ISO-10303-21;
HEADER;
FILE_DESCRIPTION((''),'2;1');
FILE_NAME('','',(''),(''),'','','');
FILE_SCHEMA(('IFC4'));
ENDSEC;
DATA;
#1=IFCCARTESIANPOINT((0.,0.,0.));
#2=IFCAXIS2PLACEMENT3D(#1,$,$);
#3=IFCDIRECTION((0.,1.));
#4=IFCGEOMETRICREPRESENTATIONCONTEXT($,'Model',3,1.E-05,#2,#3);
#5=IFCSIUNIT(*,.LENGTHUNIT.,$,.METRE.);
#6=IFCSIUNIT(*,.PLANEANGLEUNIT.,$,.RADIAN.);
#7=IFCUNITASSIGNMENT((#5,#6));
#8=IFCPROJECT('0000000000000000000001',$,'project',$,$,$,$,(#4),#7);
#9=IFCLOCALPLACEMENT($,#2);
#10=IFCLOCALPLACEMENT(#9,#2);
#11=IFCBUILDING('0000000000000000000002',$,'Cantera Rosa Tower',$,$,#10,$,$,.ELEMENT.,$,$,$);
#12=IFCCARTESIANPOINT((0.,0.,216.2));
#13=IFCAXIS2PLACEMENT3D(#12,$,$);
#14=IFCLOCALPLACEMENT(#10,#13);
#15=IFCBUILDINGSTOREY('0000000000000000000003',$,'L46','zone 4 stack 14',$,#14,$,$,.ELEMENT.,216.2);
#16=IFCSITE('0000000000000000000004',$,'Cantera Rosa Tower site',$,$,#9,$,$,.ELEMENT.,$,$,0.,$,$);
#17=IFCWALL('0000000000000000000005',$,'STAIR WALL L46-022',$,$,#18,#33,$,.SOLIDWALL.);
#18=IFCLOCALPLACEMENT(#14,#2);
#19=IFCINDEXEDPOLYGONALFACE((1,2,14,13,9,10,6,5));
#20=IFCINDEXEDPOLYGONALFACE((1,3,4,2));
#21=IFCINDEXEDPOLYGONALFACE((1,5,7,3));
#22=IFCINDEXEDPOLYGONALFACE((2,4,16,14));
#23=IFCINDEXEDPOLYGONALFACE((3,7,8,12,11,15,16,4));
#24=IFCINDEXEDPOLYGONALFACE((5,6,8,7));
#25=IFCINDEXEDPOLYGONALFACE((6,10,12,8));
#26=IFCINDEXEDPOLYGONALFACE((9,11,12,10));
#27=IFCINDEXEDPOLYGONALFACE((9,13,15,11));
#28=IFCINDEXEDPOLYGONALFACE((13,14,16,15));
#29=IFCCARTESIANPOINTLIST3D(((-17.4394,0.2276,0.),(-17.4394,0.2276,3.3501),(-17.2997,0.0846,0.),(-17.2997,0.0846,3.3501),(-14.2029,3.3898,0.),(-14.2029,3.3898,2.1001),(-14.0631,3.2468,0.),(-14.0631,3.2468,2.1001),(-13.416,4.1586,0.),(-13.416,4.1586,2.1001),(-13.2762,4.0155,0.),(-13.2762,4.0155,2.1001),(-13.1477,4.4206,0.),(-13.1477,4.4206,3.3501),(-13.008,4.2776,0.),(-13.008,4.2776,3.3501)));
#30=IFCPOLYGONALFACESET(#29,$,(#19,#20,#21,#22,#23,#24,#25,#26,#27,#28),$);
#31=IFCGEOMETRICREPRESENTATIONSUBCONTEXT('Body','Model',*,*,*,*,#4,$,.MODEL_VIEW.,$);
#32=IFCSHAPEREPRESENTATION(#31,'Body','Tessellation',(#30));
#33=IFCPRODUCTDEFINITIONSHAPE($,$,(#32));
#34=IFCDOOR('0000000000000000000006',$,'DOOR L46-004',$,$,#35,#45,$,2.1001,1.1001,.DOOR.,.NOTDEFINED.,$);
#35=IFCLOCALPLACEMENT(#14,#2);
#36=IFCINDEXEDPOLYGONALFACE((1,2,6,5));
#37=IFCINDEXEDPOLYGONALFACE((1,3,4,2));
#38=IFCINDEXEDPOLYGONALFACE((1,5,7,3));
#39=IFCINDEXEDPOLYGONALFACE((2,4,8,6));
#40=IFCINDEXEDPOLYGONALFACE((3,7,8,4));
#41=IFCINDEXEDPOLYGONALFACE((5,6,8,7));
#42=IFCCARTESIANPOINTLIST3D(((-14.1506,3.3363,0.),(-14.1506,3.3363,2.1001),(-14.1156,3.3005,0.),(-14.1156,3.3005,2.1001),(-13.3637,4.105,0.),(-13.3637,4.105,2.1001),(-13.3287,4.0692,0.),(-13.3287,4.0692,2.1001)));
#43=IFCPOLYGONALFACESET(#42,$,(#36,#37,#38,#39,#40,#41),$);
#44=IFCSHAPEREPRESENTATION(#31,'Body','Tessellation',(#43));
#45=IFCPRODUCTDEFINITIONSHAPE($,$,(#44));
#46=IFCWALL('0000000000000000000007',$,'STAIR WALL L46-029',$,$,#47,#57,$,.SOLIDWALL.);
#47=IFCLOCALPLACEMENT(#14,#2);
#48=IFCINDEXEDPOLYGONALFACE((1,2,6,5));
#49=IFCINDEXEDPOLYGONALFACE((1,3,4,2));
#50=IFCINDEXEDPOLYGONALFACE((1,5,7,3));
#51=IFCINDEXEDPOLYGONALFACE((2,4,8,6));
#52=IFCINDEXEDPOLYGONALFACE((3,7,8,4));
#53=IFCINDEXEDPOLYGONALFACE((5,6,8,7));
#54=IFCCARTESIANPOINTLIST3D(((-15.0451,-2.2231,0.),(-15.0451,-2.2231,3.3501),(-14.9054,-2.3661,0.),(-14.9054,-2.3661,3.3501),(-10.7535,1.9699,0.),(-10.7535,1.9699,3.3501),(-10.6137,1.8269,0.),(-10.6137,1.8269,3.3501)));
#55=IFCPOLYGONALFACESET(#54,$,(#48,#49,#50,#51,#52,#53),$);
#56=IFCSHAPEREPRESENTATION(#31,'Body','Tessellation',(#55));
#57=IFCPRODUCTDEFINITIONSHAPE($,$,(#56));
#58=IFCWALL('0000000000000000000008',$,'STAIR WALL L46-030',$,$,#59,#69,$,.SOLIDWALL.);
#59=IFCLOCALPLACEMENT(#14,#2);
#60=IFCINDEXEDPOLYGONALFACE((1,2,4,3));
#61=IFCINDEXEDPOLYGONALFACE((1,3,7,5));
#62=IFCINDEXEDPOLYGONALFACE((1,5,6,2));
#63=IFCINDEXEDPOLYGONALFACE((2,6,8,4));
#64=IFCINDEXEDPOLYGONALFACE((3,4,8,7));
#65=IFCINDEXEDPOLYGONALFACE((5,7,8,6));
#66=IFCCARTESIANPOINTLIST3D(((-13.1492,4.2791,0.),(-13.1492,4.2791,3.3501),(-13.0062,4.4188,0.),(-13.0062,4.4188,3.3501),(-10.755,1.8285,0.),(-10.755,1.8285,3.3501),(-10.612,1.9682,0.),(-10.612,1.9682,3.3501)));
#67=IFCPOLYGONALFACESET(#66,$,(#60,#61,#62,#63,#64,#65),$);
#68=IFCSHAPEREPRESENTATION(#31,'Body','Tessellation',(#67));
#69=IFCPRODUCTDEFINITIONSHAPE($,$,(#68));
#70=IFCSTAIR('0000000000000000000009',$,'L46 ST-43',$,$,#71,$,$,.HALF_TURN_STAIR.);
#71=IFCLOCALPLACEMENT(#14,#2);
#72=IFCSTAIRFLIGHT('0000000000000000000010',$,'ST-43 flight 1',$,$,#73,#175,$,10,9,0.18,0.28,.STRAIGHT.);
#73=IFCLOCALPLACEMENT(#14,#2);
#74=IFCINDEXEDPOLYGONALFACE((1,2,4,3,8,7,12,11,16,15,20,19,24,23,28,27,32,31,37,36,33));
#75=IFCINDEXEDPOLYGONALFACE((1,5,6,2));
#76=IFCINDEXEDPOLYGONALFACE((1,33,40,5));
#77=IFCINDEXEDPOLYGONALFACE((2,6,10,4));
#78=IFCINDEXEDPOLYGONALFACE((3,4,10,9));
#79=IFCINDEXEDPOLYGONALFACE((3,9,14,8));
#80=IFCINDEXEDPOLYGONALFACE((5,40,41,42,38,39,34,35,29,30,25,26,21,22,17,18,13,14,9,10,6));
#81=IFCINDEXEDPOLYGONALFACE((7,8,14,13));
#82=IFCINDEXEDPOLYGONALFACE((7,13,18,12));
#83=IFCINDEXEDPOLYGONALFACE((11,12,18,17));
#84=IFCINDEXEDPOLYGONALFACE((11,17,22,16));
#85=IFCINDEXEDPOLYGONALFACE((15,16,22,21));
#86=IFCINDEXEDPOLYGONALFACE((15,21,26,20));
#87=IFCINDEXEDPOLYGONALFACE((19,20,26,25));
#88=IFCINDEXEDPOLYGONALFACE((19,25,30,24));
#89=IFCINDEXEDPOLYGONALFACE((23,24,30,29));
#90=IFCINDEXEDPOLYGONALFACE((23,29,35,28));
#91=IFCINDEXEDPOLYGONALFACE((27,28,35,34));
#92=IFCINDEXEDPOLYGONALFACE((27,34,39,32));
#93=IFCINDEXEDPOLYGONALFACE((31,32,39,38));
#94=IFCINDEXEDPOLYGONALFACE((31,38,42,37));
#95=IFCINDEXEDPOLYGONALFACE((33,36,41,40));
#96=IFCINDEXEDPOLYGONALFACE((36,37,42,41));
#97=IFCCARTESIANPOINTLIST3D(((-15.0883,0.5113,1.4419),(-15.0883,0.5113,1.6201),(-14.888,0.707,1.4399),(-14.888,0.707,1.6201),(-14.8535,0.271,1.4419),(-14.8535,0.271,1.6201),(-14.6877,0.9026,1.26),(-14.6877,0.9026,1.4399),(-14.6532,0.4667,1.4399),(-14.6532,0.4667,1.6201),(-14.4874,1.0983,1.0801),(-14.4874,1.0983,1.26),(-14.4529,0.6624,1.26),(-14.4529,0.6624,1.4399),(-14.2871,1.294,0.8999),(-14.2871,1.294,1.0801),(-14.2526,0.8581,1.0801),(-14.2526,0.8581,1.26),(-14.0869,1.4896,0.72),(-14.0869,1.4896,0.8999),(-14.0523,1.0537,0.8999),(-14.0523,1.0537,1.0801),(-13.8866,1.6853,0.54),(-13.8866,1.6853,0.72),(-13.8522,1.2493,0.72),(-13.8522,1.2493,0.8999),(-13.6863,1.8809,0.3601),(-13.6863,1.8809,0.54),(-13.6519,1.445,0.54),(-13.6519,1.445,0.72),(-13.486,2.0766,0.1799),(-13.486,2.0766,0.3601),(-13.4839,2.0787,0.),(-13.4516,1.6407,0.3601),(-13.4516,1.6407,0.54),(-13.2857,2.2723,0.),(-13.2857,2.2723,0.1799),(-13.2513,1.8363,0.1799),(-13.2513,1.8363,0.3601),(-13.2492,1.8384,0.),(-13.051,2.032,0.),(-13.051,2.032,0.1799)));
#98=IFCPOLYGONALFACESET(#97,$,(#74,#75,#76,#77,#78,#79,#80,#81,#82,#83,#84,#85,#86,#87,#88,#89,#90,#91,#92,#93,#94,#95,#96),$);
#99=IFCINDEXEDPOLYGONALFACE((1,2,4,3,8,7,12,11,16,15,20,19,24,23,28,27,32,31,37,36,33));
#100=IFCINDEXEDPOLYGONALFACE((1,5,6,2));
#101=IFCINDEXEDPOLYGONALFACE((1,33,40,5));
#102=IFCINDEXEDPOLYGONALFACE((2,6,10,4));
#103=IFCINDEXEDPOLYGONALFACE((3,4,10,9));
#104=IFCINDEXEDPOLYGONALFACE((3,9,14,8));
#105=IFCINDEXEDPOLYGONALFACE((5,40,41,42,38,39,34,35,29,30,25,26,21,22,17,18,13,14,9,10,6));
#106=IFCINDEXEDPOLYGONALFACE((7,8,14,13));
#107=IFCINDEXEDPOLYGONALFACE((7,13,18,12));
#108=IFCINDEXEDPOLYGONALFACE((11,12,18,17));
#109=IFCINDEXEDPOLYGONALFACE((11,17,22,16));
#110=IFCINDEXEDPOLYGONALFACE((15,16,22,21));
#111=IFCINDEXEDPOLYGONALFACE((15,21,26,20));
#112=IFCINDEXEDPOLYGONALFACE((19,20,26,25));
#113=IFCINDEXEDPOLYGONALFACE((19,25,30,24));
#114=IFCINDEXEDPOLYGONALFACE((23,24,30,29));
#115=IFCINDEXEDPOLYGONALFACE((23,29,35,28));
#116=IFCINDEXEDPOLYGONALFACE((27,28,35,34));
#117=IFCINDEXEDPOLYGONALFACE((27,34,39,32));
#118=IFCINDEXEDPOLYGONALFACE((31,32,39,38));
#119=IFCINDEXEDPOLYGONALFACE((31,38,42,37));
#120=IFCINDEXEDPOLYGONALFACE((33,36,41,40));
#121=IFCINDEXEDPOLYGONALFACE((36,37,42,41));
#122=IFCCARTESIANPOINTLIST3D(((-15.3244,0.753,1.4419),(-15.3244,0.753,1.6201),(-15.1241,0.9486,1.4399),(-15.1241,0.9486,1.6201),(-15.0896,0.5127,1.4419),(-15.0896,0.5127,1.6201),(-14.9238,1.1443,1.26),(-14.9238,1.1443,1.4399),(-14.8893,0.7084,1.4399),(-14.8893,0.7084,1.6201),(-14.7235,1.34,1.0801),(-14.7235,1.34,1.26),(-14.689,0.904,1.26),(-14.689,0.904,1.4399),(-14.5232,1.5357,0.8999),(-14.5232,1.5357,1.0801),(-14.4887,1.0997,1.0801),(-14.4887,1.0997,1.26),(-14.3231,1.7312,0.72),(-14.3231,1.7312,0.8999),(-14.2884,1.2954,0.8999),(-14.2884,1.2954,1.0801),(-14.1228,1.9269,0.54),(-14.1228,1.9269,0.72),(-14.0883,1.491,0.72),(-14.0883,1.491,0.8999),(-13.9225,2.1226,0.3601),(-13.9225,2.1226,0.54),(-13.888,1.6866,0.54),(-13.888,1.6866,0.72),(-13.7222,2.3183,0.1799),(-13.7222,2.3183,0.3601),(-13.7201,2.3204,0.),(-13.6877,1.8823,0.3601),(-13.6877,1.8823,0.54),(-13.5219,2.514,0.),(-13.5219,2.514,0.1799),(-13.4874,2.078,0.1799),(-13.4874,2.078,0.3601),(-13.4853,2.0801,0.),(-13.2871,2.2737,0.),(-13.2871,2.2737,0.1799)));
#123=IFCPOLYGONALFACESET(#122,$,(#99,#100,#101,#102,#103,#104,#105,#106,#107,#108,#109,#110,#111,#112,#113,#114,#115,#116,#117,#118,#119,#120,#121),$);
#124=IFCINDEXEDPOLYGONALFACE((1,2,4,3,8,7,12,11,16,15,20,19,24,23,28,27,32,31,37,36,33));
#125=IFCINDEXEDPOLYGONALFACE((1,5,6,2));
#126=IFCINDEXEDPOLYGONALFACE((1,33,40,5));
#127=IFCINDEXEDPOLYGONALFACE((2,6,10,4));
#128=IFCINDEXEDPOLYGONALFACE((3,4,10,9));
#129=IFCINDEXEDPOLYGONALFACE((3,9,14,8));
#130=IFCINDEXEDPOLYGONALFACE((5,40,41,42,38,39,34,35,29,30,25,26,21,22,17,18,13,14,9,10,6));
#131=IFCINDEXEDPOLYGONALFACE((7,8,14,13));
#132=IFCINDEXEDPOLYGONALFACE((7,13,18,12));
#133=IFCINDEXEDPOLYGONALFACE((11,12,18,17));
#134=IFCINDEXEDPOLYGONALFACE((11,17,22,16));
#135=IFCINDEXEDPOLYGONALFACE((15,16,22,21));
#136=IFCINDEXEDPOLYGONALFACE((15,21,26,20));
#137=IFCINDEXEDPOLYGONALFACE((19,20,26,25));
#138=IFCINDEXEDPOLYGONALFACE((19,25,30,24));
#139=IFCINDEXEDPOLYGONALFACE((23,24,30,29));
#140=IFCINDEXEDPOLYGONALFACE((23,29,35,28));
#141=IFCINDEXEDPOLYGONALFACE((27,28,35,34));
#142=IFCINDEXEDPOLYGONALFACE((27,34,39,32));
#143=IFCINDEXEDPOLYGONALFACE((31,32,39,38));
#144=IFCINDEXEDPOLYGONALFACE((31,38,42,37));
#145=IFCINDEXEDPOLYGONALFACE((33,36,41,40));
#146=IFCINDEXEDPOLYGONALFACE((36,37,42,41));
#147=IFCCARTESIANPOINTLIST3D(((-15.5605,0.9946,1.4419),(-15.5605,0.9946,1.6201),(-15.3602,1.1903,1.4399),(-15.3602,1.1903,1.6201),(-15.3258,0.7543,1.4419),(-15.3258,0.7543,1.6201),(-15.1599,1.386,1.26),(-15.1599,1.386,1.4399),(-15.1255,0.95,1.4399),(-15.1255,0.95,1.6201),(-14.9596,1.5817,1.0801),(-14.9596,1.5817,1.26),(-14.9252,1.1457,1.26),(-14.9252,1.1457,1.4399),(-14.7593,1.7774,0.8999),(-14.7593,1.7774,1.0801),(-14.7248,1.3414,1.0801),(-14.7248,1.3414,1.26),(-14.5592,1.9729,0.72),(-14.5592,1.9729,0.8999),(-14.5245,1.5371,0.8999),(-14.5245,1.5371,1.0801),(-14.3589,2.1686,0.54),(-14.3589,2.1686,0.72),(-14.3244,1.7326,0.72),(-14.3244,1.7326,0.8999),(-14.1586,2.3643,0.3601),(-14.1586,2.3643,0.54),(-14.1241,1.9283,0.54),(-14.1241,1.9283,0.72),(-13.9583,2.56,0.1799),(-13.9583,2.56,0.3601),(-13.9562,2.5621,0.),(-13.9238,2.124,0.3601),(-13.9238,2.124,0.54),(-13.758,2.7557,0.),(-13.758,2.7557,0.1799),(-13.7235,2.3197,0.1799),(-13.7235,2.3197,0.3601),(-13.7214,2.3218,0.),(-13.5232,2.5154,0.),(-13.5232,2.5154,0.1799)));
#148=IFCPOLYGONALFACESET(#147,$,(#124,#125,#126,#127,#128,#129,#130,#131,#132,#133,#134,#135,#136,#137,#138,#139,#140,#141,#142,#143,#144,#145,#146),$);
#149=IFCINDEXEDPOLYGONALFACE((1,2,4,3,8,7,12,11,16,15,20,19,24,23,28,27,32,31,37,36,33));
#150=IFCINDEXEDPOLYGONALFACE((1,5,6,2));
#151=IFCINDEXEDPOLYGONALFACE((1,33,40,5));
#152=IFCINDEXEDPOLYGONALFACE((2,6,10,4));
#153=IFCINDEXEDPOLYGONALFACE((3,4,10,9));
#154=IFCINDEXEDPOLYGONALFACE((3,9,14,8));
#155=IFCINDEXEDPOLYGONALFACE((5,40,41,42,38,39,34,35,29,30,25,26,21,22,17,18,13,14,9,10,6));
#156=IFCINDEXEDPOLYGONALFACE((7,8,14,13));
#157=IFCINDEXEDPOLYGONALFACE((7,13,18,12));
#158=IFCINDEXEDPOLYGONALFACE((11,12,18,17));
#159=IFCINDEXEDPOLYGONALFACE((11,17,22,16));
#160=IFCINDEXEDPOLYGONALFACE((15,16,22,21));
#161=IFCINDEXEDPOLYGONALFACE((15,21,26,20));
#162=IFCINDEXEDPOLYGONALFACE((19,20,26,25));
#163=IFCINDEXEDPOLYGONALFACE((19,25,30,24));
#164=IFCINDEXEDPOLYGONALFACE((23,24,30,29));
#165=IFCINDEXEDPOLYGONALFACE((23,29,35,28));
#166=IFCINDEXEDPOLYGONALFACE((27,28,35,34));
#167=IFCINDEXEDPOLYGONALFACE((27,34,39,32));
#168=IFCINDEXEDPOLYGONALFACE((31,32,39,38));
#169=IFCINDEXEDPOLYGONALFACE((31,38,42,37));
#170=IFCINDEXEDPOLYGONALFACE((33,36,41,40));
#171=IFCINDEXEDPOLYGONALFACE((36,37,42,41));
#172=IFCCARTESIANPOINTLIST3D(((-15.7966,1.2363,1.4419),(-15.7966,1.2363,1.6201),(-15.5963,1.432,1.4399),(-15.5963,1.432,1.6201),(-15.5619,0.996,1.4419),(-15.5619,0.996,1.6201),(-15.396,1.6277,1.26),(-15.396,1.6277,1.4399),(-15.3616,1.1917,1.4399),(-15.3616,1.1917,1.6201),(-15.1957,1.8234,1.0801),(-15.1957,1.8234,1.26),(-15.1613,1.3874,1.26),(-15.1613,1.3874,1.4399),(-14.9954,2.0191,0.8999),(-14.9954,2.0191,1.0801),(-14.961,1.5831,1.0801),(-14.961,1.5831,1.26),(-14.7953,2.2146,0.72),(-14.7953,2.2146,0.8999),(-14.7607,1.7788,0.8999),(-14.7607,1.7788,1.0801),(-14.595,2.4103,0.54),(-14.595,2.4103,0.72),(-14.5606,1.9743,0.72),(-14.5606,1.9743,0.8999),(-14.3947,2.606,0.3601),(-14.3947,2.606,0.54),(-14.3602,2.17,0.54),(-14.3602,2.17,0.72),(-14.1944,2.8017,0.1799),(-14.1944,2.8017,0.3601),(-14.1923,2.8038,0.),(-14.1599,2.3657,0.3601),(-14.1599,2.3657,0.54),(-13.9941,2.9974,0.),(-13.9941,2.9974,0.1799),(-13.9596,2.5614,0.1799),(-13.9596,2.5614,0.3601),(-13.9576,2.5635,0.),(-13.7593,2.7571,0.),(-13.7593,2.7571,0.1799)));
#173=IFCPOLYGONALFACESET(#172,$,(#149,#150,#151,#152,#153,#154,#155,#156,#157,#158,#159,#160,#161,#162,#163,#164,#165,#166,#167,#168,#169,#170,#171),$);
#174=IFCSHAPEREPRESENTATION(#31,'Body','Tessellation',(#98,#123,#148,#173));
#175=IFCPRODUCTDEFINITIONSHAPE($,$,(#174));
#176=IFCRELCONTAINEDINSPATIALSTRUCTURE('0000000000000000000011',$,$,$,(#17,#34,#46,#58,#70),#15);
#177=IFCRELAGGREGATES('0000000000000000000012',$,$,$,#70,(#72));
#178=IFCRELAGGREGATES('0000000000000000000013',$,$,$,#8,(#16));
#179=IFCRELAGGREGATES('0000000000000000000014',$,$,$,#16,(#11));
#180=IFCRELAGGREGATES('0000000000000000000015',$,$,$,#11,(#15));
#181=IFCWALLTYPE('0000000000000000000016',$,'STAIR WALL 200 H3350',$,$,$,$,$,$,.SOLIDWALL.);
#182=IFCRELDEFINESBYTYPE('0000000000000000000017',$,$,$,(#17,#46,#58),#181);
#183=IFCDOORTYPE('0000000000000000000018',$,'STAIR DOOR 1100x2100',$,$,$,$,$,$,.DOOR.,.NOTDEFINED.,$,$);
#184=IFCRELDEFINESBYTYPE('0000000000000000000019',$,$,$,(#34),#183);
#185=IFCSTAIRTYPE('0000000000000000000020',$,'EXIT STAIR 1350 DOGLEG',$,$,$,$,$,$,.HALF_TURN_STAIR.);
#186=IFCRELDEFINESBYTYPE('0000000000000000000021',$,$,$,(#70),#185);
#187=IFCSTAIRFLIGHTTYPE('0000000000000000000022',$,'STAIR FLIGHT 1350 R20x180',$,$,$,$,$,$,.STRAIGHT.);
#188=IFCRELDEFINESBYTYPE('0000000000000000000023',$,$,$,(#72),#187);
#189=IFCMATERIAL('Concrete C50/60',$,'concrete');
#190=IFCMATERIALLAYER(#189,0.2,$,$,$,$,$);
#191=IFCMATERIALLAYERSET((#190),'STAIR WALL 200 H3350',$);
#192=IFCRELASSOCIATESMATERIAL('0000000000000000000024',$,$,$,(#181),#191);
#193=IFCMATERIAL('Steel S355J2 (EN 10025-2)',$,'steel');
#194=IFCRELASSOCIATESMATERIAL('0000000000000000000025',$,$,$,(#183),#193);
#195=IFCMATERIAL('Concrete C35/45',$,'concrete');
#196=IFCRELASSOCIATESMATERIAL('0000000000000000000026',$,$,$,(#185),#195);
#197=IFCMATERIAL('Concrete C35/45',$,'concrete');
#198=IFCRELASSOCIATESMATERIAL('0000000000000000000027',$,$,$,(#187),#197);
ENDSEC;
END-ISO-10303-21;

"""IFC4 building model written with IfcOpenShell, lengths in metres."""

from ifc_helpers import new_model, si_unit, direction, frame, frame_2d, origin, place, context, subcontext, project, spatial, polyline, rectangle, outline, extrude, material, layer, layer_set, type_object, element, fill, aggregate, save


model = new_model("IFC4")

# Units and contexts
model_context = context("Model", 3, precision=1e-05, world=origin(), true_north=direction((0.0, 1.0)))
body_context = subcontext(model_context, "Body", "Model", "MODEL_VIEW")
ifc_project = project(units=[si_unit("LENGTHUNIT", "METRE"), si_unit("PLANEANGLEUNIT", "RADIAN")], contexts=[model_context])

# Site, building, storey
site_placement = place(None, origin())
site = spatial("IfcSite", under=ifc_project, at=site_placement, Name="Cantera Rosa Tower site", CompositionType="ELEMENT", RefElevation=0.0)
building_placement = place(site_placement, origin())
building = spatial("IfcBuilding", under=site, at=building_placement, Name="Cantera Rosa Tower", CompositionType="ELEMENT")
storey_placement = place(building_placement, frame((0.0, 0.0, 216.2)))
storey = spatial("IfcBuildingStorey", under=building, at=storey_placement, Name="L46", Description="zone 4 stack 14", CompositionType="ELEMENT", Elevation=216.2)

# Wall, opening, door
ifc_material_1 = material(Name="Concrete C50/60", Category="concrete")
ifc_layer_1 = layer(ifc_material_1, 0.2)
ifc_layer_set_1 = layer_set([ifc_layer_1], Name="STAIR WALL 200 H3350")
wall_type_1 = type_object("IfcWallType", Name="STAIR WALL 200 H3350", PredefinedType="SOLIDWALL", material=ifc_layer_set_1)
wall_1_placement = place(storey_placement, frame((-13.0779, 4.3491, 0.0), z_axis=(0.0, 0.0, 1.0), x_axis=(-0.715278, -0.69884, 0.0)))
wall_1 = element("IfcWall", 1, at=wall_1_placement, inside=storey, type_object=wall_type_1, Name="STAIR WALL L46-022", PredefinedType="SOLIDWALL", context=body_context, shape_type="SweptSolid", body=[
    extrude(rectangle(XDim=6.0, YDim=0.2, at=frame_2d((3.0, 0.0))), origin(), (0.0, 0.0, 1.0), 3.3501),
])
opening_1_placement = place(wall_1_placement, frame((0.375, 0.0, 0.0)))
opening_1 = element("IfcOpeningElement", 2, at=opening_1_placement, cuts=wall_1, PredefinedType="OPENING", context=body_context, shape_type="SweptSolid", body=[
    extrude(rectangle(XDim=1.1001, YDim=2.1001, at=frame_2d((0.55, 1.05))), frame((0.0, 0.1099, 0.0), z_axis=(0.0, -1.0, 0.0), x_axis=(1.0, 0.0, 0.0)), (0.0, 0.0, 1.0), 0.22),
])
ifc_material_2 = material(Name="Steel S355J2 (EN 10025-2)", Category="steel")
door_type_1 = type_object("IfcDoorType", Name="STAIR DOOR 1100x2100", OperationType="NOTDEFINED", PredefinedType="DOOR", material=ifc_material_2)
door_1_placement = place(opening_1_placement, origin())
door_1 = element("IfcDoor", 3, at=door_1_placement, inside=storey, type_object=door_type_1, Name="DOOR L46-004", OperationType="NOTDEFINED", OverallHeight=2.1001, OverallWidth=1.1001, PredefinedType="DOOR", context=body_context, shape_type="SweptSolid", body=[
    extrude(rectangle(XDim=1.1001, YDim=2.1001, at=frame_2d((0.55, 1.05))), frame((0.0, 0.0249, 0.0), z_axis=(0.0, -1.0, 0.0), x_axis=(1.0, 0.0, 0.0)), (0.0, 0.0, 1.0), 0.05),
])
fill(opening_1, door_1)

# Walls
wall_2_placement = place(storey_placement, frame((-10.6836, 1.8984, 0.0), z_axis=(0.0, 0.0, 1.0), x_axis=(-0.715278, -0.69884, 0.0)))
element("IfcWall", 4, at=wall_2_placement, inside=storey, type_object=wall_type_1, Name="STAIR WALL L46-029", PredefinedType="SOLIDWALL", context=body_context, shape_type="SweptSolid", body=[
    extrude(rectangle(XDim=6.0, YDim=0.2, at=frame_2d((3.0, 0.0))), origin(), (0.0, 0.0, 1.0), 3.3501),
])
wall_3_placement = place(storey_placement, frame((-10.6836, 1.8984, 0.0), z_axis=(0.0, 0.0, 1.0), x_axis=(-0.698829, 0.715289, 0.0)))
element("IfcWall", 5, at=wall_3_placement, inside=storey, type_object=wall_type_1, Name="STAIR WALL L46-030", PredefinedType="SOLIDWALL", context=body_context, shape_type="SweptSolid", body=[
    extrude(rectangle(XDim=3.426, YDim=0.2, at=frame_2d((1.7129, 0.0))), origin(), (0.0, 0.0, 1.0), 3.3501),
])

# Stair, stair flight
ifc_material_3 = material(Name="Concrete C35/45", Category="concrete")
stair_type = type_object("IfcStairType", Name="EXIT STAIR 1350 DOGLEG", PredefinedType="HALF_TURN_STAIR", material=ifc_material_3)
stair_placement = place(storey_placement, origin())
stair = element("IfcStair", 6, at=stair_placement, inside=storey, type_object=stair_type, Name="L46 ST-43", PredefinedType="HALF_TURN_STAIR")
ifc_material_4 = material(Name="Concrete C35/45", Category="concrete")
stair_flight_type = type_object("IfcStairFlightType", Name="STAIR FLIGHT 1350 R20x180", PredefinedType="STRAIGHT", material=ifc_material_4)
stair_flight_placement = place(storey_placement, frame((-13.5227, 2.5149, 0.0), z_axis=(0.0, 0.0, 1.0), x_axis=(-0.715286, -0.698832, 0.0)))
stair_flight = element("IfcStairFlight", 7, at=stair_flight_placement, type_object=stair_flight_type, Name="ST-43 flight 1", NumberOfRisers=10, NumberOfTreads=9, PredefinedType="STRAIGHT", RiserHeight=0.18, TreadLength=0.28, context=body_context, shape_type="SweptSolid", body=[
    extrude(outline(polyline([(0.0, 0.0), (0.0, 0.1799), (0.28, 0.1799), (0.28, 0.3601), (0.5601, 0.3601), (0.5601, 0.54), (0.8401, 0.54), (0.8401, 0.72), (1.1201, 0.72), (1.1201, 0.8999), (1.3999, 0.8999), (1.3999, 1.0801), (1.6799, 1.0801), (1.6799, 1.26), (1.96, 1.26), (1.96, 1.4399), (2.24, 1.4399), (2.24, 1.6201), (2.52, 1.6201), (2.52, 1.8), (2.52, 1.4419), (0.2771, 0.0), (0.0, 0.0)])), frame((0.0, 0.675, 0.0), z_axis=(0.0, -1.0, 0.0), x_axis=(1.0, 0.0, 0.0)), (0.0, 0.0, 1.0), 0.3359),
    extrude(outline(polyline([(0.0, 0.0), (0.0, 0.1799), (0.28, 0.1799), (0.28, 0.3601), (0.5601, 0.3601), (0.5601, 0.54), (0.8401, 0.54), (0.8401, 0.72), (1.1201, 0.72), (1.1201, 0.8999), (1.3999, 0.8999), (1.3999, 1.0801), (1.6799, 1.0801), (1.6799, 1.26), (1.96, 1.26), (1.96, 1.4399), (2.24, 1.4399), (2.24, 1.6201), (2.52, 1.6201), (2.52, 1.8), (2.52, 1.4419), (0.2771, 0.0), (0.0, 0.0)])), frame((0.0, 0.3372, 0.0), z_axis=(0.0, -1.0, 0.0), x_axis=(1.0, 0.0, 0.0)), (0.0, 0.0, 1.0), 0.3359),
    extrude(outline(polyline([(0.0, 0.0), (0.0, 0.1799), (0.28, 0.1799), (0.28, 0.3601), (0.5601, 0.3601), (0.5601, 0.54), (0.8401, 0.54), (0.8401, 0.72), (1.1201, 0.72), (1.1201, 0.8999), (1.3999, 0.8999), (1.3999, 1.0801), (1.6799, 1.0801), (1.6799, 1.26), (1.96, 1.26), (1.96, 1.4399), (2.24, 1.4399), (2.24, 1.6201), (2.52, 1.6201), (2.52, 1.8), (2.52, 1.4419), (0.2771, 0.0), (0.0, 0.0)])), frame((0.0, -0.0007, 0.0), z_axis=(0.0, -1.0, 0.0), x_axis=(1.0, 0.0, 0.0)), (0.0, 0.0, 1.0), 0.3359),
    extrude(outline(polyline([(0.0, 0.0), (0.0, 0.1799), (0.28, 0.1799), (0.28, 0.3601), (0.5601, 0.3601), (0.5601, 0.54), (0.8401, 0.54), (0.8401, 0.72), (1.1201, 0.72), (1.1201, 0.8999), (1.3999, 0.8999), (1.3999, 1.0801), (1.6799, 1.0801), (1.6799, 1.26), (1.96, 1.26), (1.96, 1.4399), (2.24, 1.4399), (2.24, 1.6201), (2.52, 1.6201), (2.52, 1.8), (2.52, 1.4419), (0.2771, 0.0), (0.0, 0.0)])), frame((0.0, -0.3386, 0.0), z_axis=(0.0, -1.0, 0.0), x_axis=(1.0, 0.0, 0.0)), (0.0, 0.0, 1.0), 0.3359),
])
aggregate(stair, [stair_flight])

save(model, "model.ifc")
